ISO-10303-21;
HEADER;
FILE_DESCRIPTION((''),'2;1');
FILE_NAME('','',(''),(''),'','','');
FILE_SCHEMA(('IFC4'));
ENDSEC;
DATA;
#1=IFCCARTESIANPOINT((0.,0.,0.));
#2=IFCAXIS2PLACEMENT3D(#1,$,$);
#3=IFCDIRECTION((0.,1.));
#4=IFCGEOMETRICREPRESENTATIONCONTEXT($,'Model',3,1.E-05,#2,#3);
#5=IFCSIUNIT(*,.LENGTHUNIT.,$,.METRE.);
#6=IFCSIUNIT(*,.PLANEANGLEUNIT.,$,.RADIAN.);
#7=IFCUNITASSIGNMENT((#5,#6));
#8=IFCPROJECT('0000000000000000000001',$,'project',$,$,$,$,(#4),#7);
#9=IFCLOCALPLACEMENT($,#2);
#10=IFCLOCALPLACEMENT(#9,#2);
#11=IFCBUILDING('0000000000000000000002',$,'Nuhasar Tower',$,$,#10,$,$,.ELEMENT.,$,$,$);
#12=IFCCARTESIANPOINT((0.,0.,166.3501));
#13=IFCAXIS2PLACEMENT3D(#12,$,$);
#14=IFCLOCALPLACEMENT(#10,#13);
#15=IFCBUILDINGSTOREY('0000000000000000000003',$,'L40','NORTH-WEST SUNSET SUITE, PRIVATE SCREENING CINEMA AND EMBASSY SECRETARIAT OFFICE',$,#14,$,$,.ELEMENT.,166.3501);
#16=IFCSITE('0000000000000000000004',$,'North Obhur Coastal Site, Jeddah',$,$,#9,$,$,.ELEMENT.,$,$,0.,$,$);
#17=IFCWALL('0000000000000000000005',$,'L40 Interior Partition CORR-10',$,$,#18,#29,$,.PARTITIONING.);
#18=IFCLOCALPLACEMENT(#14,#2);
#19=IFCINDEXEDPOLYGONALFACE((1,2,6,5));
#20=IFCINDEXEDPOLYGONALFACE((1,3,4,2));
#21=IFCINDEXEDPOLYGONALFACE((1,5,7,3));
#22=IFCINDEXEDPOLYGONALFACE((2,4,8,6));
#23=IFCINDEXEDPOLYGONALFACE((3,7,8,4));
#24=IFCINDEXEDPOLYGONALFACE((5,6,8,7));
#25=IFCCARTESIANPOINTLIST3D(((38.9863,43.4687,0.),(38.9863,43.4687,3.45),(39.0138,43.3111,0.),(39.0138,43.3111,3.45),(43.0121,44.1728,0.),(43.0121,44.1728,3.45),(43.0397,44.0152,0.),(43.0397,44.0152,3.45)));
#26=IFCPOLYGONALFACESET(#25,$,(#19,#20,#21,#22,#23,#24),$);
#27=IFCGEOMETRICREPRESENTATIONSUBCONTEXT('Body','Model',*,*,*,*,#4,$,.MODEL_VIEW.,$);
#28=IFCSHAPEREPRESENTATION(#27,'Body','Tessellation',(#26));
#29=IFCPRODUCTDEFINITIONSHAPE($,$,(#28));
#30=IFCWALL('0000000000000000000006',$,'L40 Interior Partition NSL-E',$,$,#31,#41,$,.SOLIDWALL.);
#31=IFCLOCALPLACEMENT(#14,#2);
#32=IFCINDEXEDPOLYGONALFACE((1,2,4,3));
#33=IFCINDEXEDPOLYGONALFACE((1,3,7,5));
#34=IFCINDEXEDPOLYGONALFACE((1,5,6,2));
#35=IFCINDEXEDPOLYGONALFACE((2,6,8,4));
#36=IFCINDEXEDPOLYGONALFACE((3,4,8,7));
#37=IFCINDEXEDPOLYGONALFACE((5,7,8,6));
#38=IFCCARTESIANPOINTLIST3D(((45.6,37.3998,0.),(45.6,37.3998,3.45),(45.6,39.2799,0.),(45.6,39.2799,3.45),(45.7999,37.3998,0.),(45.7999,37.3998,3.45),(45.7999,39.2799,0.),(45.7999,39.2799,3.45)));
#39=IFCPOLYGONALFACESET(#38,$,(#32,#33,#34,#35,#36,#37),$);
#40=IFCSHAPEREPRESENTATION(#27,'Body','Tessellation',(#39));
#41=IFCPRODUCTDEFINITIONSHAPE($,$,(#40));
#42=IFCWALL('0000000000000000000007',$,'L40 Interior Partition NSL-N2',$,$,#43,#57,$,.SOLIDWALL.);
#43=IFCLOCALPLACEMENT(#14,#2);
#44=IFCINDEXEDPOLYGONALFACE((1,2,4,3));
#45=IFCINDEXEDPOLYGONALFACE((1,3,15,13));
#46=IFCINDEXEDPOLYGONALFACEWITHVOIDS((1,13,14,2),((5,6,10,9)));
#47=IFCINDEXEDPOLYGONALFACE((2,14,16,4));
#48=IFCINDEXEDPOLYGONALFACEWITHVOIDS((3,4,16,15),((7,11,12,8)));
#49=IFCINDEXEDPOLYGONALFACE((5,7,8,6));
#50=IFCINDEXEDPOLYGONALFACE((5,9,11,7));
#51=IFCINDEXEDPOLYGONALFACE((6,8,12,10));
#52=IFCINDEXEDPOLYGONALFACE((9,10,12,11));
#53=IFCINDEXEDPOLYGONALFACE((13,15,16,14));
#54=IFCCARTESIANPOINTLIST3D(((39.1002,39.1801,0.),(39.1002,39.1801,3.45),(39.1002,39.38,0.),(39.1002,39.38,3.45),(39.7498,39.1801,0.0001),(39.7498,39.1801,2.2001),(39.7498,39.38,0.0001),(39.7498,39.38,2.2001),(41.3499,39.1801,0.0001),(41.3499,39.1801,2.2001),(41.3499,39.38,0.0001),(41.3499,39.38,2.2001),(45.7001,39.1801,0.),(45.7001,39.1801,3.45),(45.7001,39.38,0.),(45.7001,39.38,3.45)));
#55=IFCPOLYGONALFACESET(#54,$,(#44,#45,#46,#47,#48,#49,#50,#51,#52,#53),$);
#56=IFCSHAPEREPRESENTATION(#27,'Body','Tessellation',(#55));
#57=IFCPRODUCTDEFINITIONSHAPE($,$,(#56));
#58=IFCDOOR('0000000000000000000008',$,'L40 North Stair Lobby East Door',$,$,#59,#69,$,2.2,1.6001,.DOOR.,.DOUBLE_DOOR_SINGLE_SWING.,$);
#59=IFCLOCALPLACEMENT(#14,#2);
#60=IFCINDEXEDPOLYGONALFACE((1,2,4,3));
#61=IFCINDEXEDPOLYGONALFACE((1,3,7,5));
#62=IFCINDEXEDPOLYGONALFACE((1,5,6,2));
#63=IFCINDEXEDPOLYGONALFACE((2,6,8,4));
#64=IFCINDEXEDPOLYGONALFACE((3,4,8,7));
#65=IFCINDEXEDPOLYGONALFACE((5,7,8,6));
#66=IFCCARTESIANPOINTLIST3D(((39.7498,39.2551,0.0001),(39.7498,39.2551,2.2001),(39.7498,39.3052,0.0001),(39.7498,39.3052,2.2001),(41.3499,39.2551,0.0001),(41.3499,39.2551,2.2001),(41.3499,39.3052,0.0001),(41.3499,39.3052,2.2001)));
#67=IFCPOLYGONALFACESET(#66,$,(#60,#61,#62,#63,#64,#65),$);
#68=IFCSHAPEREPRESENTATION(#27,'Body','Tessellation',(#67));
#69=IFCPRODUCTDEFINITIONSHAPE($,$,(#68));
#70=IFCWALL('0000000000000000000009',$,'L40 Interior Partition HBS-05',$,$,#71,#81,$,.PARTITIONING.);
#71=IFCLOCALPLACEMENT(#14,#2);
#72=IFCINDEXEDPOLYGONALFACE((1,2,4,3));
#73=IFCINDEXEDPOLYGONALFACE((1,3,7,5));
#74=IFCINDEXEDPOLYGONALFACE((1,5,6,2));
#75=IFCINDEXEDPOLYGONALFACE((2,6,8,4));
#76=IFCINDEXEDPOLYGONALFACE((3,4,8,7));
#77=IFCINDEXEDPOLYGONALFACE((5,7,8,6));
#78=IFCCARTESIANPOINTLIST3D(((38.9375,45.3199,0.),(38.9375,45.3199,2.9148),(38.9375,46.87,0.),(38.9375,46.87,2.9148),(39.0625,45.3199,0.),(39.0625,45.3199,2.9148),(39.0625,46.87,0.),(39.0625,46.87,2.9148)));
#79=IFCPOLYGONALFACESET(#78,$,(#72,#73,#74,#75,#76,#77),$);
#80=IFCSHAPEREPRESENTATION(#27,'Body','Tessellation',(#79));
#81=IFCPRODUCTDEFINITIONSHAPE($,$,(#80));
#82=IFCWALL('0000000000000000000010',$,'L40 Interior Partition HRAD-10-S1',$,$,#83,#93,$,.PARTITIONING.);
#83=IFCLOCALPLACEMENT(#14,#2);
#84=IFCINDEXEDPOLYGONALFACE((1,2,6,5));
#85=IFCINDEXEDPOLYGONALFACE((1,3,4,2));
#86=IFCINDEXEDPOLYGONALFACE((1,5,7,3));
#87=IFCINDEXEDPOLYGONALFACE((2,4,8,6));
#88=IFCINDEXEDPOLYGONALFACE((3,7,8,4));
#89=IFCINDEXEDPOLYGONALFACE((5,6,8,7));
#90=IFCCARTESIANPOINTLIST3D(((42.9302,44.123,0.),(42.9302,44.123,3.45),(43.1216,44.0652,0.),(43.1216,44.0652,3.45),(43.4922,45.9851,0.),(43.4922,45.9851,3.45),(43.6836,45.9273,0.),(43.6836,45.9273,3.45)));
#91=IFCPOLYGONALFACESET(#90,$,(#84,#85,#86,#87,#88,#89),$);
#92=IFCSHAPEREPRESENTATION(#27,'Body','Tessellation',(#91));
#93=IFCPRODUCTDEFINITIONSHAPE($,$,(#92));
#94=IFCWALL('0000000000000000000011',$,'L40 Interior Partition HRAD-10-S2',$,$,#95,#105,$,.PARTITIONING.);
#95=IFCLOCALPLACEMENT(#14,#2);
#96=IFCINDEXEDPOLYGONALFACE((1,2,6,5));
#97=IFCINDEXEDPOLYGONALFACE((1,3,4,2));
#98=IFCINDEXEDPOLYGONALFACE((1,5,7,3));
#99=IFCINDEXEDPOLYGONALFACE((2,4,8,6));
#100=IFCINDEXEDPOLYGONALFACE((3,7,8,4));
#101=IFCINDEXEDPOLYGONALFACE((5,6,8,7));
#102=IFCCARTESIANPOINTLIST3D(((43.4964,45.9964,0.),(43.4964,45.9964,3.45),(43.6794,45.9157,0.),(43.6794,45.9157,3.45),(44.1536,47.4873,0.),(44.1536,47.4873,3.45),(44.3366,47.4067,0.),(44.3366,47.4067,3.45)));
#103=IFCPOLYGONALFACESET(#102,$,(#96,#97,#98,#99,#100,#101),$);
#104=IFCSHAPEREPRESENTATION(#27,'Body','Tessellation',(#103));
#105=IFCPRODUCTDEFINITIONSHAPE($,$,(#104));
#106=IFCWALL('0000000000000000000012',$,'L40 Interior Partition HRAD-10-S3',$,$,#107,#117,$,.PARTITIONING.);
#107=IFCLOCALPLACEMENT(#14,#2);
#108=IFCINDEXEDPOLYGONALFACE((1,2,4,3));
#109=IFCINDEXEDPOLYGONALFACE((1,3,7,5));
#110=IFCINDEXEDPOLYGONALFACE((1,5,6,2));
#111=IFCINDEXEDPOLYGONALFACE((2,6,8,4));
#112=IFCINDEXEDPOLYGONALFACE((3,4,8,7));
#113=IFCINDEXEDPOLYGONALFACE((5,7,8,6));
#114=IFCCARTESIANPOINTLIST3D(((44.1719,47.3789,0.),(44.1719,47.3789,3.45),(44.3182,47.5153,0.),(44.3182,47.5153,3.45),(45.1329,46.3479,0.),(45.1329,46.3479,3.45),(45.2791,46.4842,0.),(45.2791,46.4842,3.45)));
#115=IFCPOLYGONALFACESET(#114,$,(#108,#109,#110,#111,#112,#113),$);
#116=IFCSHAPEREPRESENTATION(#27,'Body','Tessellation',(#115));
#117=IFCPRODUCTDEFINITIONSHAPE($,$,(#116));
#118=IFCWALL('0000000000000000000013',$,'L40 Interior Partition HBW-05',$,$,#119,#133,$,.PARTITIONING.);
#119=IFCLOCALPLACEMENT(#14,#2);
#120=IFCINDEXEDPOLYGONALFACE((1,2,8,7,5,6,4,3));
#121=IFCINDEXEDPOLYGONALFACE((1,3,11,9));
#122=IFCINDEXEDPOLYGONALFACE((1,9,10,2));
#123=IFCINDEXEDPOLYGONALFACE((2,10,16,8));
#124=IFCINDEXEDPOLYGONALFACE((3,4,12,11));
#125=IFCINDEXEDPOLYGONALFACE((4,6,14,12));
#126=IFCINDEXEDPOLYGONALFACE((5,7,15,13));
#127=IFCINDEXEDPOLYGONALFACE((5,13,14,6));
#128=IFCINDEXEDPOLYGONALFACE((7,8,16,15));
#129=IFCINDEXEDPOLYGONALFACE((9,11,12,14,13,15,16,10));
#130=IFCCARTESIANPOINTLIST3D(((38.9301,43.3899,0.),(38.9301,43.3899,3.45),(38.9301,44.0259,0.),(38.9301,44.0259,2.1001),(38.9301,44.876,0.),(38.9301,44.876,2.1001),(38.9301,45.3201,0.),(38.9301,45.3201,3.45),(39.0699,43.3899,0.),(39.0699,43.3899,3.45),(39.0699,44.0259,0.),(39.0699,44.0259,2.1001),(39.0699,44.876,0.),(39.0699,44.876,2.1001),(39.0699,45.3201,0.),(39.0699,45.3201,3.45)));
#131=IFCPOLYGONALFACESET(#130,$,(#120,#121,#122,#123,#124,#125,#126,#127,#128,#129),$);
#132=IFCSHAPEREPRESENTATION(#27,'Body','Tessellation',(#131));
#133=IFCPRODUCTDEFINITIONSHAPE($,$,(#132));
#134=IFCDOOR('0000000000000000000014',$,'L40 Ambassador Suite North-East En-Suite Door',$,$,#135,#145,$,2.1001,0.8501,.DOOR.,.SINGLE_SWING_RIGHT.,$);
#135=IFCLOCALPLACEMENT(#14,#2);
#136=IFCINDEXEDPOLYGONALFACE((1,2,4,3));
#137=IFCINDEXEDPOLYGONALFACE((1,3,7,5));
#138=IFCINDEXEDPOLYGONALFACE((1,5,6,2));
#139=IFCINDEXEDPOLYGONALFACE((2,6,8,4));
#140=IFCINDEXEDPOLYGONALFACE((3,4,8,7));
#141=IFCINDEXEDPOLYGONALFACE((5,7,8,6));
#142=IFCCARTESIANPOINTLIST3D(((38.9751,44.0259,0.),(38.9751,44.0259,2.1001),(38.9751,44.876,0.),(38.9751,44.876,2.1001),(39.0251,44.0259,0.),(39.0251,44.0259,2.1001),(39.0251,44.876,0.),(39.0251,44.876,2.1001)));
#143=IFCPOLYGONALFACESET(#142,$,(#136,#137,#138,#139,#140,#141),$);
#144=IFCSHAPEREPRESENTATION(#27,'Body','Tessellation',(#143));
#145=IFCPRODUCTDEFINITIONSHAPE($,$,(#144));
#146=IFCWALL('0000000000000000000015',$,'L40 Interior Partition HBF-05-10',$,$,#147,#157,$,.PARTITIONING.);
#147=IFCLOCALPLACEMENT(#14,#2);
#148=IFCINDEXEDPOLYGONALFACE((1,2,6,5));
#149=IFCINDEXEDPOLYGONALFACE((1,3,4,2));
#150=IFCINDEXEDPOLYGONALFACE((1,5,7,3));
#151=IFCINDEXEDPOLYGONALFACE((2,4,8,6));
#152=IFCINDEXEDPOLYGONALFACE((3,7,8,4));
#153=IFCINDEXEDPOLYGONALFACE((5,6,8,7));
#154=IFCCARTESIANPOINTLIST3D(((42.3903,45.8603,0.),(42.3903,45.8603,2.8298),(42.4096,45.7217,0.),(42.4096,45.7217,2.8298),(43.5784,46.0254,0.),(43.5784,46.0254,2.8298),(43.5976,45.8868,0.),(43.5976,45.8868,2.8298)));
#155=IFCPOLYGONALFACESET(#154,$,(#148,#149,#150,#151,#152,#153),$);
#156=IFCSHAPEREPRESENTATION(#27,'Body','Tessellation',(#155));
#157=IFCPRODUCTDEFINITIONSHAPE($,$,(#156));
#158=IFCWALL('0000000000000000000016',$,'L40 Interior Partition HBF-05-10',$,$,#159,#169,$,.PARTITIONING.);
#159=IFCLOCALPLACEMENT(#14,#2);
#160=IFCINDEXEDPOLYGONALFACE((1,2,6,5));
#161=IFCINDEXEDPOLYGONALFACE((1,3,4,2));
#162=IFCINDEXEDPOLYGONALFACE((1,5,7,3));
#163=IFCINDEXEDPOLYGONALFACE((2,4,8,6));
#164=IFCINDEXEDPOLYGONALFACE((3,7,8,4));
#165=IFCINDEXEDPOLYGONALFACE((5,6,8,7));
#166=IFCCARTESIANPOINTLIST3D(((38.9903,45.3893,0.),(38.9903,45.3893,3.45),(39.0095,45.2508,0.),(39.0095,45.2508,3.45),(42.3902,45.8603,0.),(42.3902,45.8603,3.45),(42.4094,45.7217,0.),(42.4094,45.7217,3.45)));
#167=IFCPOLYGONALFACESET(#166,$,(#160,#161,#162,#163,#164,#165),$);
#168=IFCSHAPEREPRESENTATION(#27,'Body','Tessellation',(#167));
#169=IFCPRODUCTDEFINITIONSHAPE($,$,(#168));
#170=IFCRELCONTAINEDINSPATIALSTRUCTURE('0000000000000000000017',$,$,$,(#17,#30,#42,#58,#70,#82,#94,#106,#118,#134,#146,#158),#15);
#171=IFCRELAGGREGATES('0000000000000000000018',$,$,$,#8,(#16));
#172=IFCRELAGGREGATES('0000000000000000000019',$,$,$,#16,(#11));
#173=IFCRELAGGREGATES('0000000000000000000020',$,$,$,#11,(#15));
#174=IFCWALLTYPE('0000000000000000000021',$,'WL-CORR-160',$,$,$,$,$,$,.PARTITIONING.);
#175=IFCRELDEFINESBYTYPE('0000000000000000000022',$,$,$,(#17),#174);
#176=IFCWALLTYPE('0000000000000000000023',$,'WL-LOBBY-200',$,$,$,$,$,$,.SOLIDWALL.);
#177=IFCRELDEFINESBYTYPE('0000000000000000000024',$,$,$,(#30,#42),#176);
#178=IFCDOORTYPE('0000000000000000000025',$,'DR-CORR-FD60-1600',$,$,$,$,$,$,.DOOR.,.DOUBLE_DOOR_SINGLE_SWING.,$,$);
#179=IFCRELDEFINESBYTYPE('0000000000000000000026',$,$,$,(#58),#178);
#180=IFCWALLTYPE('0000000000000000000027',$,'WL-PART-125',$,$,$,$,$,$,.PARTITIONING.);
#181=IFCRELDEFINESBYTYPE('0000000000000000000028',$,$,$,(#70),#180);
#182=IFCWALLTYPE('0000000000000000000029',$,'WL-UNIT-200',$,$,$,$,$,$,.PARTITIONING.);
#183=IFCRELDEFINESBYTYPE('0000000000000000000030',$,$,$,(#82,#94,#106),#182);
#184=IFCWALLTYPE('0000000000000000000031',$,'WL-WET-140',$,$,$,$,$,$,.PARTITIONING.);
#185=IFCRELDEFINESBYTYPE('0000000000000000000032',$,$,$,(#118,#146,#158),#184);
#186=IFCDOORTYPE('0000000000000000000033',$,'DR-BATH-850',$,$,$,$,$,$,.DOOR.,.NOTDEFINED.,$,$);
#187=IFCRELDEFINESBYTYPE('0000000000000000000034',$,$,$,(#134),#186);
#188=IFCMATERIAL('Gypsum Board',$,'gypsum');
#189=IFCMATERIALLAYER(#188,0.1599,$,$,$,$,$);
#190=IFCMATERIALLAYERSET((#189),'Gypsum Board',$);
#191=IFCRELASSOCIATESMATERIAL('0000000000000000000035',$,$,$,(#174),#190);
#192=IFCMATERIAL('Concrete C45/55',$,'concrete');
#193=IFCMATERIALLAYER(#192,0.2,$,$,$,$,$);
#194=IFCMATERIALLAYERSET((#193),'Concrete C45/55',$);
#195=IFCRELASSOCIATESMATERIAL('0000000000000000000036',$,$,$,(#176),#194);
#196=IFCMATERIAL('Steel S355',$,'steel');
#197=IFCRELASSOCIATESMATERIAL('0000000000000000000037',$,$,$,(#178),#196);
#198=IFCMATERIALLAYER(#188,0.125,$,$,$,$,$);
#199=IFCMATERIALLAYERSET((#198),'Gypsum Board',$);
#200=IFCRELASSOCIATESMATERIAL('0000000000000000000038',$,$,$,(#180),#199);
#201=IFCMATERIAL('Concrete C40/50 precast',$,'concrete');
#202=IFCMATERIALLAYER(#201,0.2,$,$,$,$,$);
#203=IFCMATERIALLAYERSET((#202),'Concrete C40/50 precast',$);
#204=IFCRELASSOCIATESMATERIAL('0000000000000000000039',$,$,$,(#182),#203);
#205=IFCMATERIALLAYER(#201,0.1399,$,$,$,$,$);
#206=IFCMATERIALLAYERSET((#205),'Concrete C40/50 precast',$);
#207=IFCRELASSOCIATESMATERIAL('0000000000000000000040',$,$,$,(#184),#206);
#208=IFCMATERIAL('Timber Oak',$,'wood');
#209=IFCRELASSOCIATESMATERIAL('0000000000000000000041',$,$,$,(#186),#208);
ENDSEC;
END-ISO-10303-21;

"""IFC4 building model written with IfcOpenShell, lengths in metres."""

from ifc_helpers import new_model, si_unit, direction, frame, frame_2d, origin, place, context, subcontext, project, spatial, rectangle, extrude, material, layer, layer_set, type_object, element, fill, save


model = new_model("IFC4")

# Units and contexts
model_context = context("Model", 3, precision=1e-05, world=origin(), true_north=direction((0.0, 1.0)))
body_context = subcontext(model_context, "Body", "Model", "MODEL_VIEW")
ifc_project = project(units=[si_unit("LENGTHUNIT", "METRE"), si_unit("PLANEANGLEUNIT", "RADIAN")], contexts=[model_context])

# Site, building, storey
site_placement = place(None, origin())
site = spatial("IfcSite", under=ifc_project, at=site_placement, Name="North Obhur Coastal Site, Jeddah", CompositionType="ELEMENT", RefElevation=0.0)
building_placement = place(site_placement, origin())
building = spatial("IfcBuilding", under=site, at=building_placement, Name="Nuhasar Tower", CompositionType="ELEMENT")
storey_placement = place(building_placement, frame((0.0, 0.0, 166.3501)))
storey = spatial("IfcBuildingStorey", under=building, at=storey_placement, Name="L40", Description="NORTH-WEST SUNSET SUITE, PRIVATE SCREENING CINEMA AND EMBASSY SECRETARIAT OFFICE", CompositionType="ELEMENT", Elevation=166.3501)

# Shared definitions
ifc_material_1 = material(Name="Steel S355", Category="steel")

# Walls
ifc_material_2 = material(Name="Gypsum Board", Category="gypsum")
ifc_layer_1 = layer(ifc_material_2, 0.1599)
ifc_layer_set_1 = layer_set([ifc_layer_1], Name="Gypsum Board")
wall_type_1 = type_object("IfcWallType", Name="WL-CORR-160", PredefinedType="PARTITIONING", material=ifc_layer_set_1)
wall_1_placement = place(storey_placement, frame((43.0259, 44.094, 0.0), z_axis=(0.0, 0.0, 1.0), x_axis=(-0.985048, -0.172279, 0.0)))
element("IfcWall", 1, at=wall_1_placement, inside=storey, type_object=wall_type_1, Name="L40 Interior Partition CORR-10", PredefinedType="PARTITIONING", context=body_context, shape_type="SweptSolid", body=[
    extrude(rectangle(XDim=4.0869, YDim=0.1599, at=frame_2d((2.0435, 0.0))), origin(), (0.0, 0.0, 1.0), 3.45),
])
ifc_material_3 = material(Name="Concrete C45/55", Category="concrete")
ifc_layer_2 = layer(ifc_material_3, 0.2)
ifc_layer_set_2 = layer_set([ifc_layer_2], Name="Concrete C45/55")
wall_type_2 = type_object("IfcWallType", Name="WL-LOBBY-200", PredefinedType="SOLIDWALL", material=ifc_layer_set_2)
wall_2_placement = place(storey_placement, frame((45.7, 37.3999, 0.0), z_axis=(0.0, 0.0, 1.0), x_axis=(0.0, 1.0, 0.0)))
element("IfcWall", 2, at=wall_2_placement, inside=storey, type_object=wall_type_2, Name="L40 Interior Partition NSL-E", PredefinedType="SOLIDWALL", context=body_context, shape_type="SweptSolid", body=[
    extrude(rectangle(XDim=1.8801, YDim=0.2, at=frame_2d((0.9399, 0.0))), origin(), (0.0, 0.0, 1.0), 3.45),
])

# Wall, opening, door
wall_3_placement = place(storey_placement, frame((45.7, 39.28, 0.0), z_axis=(0.0, 0.0, 1.0), x_axis=(-1.0, 0.0, 0.0)))
wall_3 = element("IfcWall", 3, at=wall_3_placement, inside=storey, type_object=wall_type_2, Name="L40 Interior Partition NSL-N2", PredefinedType="SOLIDWALL", context=body_context, shape_type="SweptSolid", body=[
    extrude(rectangle(XDim=6.5999, YDim=0.2, at=frame_2d((3.2998, 0.0))), origin(), (0.0, 0.0, 1.0), 3.45),
])
opening_1_placement = place(wall_3_placement, frame((4.3501, 0.0, 0.0)))
opening_1 = element("IfcOpeningElement", 4, at=opening_1_placement, cuts=wall_3, PredefinedType="OPENING", context=body_context, shape_type="SweptSolid", body=[
    extrude(rectangle(XDim=1.6001, YDim=2.2, at=frame_2d((0.8, 1.1001))), frame((0.0, 0.1099, 0.0), z_axis=(0.0, -1.0, 0.0), x_axis=(1.0, 0.0, 0.0)), (0.0, 0.0, 1.0), 0.22),
])
door_type_1 = type_object("IfcDoorType", Name="DR-CORR-FD60-1600", OperationType="DOUBLE_DOOR_SINGLE_SWING", PredefinedType="DOOR", material=ifc_material_1)
door_1_placement = place(opening_1_placement, origin())
door_1 = element("IfcDoor", 5, at=door_1_placement, inside=storey, type_object=door_type_1, Name="L40 North Stair Lobby East Door", OperationType="DOUBLE_DOOR_SINGLE_SWING", OverallHeight=2.2, OverallWidth=1.6001, PredefinedType="DOOR", context=body_context, shape_type="SweptSolid", body=[
    extrude(rectangle(XDim=1.6001, YDim=2.2, at=frame_2d((0.8, 1.1001))), frame((0.0, 0.0249, 0.0), z_axis=(0.0, -1.0, 0.0), x_axis=(1.0, 0.0, 0.0)), (0.0, 0.0, 1.0), 0.05),
])
fill(opening_1, door_1)

# Walls
ifc_layer_3 = layer(ifc_material_2, 0.125)
ifc_layer_set_3 = layer_set([ifc_layer_3], Name="Gypsum Board")
wall_type_3 = type_object("IfcWallType", Name="WL-PART-125", PredefinedType="PARTITIONING", material=ifc_layer_set_3)
wall_4_placement = place(storey_placement, frame((39.0, 45.3201, 0.0), z_axis=(0.0, 0.0, 1.0), x_axis=(0.0, 1.0, 0.0)))
element("IfcWall", 6, at=wall_4_placement, inside=storey, type_object=wall_type_3, Name="L40 Interior Partition HBS-05", PredefinedType="PARTITIONING", context=body_context, shape_type="SweptSolid", body=[
    extrude(rectangle(XDim=1.55, YDim=0.125, at=frame_2d((0.7749, 0.0))), origin(), (0.0, 0.0, 1.0), 2.9148),
])
ifc_material_4 = material(Name="Concrete C40/50 precast", Category="concrete")
ifc_layer_4 = layer(ifc_material_4, 0.2)
ifc_layer_set_4 = layer_set([ifc_layer_4], Name="Concrete C40/50 precast")
wall_type_4 = type_object("IfcWallType", Name="WL-UNIT-200", PredefinedType="PARTITIONING", material=ifc_layer_set_4)
wall_5_placement = place(storey_placement, frame((43.0259, 44.094, 0.0), z_axis=(0.0, 0.0, 1.0), x_axis=(0.288948, 0.957345, 0.0)))
element("IfcWall", 7, at=wall_5_placement, inside=storey, type_object=wall_type_4, Name="L40 Interior Partition HRAD-10-S1", PredefinedType="PARTITIONING", context=body_context, shape_type="SweptSolid", body=[
    extrude(rectangle(XDim=1.9451, YDim=0.2, at=frame_2d((0.9727, 0.0))), origin(), (0.0, 0.0, 1.0), 3.45),
])
wall_6_placement = place(storey_placement, frame((43.5879, 45.9561, 0.0), z_axis=(0.0, 0.0, 1.0), x_axis=(0.403356, 0.915043, 0.0)))
element("IfcWall", 8, at=wall_6_placement, inside=storey, type_object=wall_type_4, Name="L40 Interior Partition HRAD-10-S2", PredefinedType="PARTITIONING", context=body_context, shape_type="SweptSolid", body=[
    extrude(rectangle(XDim=1.6294, YDim=0.2, at=frame_2d((0.8147, 0.0))), origin(), (0.0, 0.0, 1.0), 3.45),
])
wall_7_placement = place(storey_placement, frame((44.2451, 47.447, 0.0), z_axis=(0.0, 0.0, 1.0), x_axis=(0.681812, -0.731527, 0.0)))
element("IfcWall", 9, at=wall_7_placement, inside=storey, type_object=wall_type_4, Name="L40 Interior Partition HRAD-10-S3", PredefinedType="PARTITIONING", context=body_context, shape_type="SweptSolid", body=[
    extrude(rectangle(XDim=1.4094, YDim=0.2, at=frame_2d((0.7046, 0.0))), origin(), (0.0, 0.0, 1.0), 3.45),
])

# Wall, opening, door
ifc_layer_5 = layer(ifc_material_4, 0.1399)
ifc_layer_set_5 = layer_set([ifc_layer_5], Name="Concrete C40/50 precast")
wall_type_5 = type_object("IfcWallType", Name="WL-WET-140", PredefinedType="PARTITIONING", material=ifc_layer_set_5)
wall_8_placement = place(storey_placement, frame((39.0, 43.3899, 0.0), z_axis=(0.0, 0.0, 1.0), x_axis=(0.0, 1.0, 0.0)))
wall_8 = element("IfcWall", 10, at=wall_8_placement, inside=storey, type_object=wall_type_5, Name="L40 Interior Partition HBW-05", PredefinedType="PARTITIONING", context=body_context, shape_type="SweptSolid", body=[
    extrude(rectangle(XDim=1.9302, YDim=0.1399, at=frame_2d((0.9651, 0.0))), origin(), (0.0, 0.0, 1.0), 3.45),
])
opening_2_placement = place(wall_8_placement, frame((0.636, 0.0, 0.0)))
opening_2 = element("IfcOpeningElement", 11, at=opening_2_placement, cuts=wall_8, PredefinedType="OPENING", context=body_context, shape_type="SweptSolid", body=[
    extrude(rectangle(XDim=0.8501, YDim=2.1001, at=frame_2d((0.425, 1.05))), frame((0.0, 0.0801, 0.0), z_axis=(0.0, -1.0, 0.0), x_axis=(1.0, 0.0, 0.0)), (0.0, 0.0, 1.0), 0.1599),
])
ifc_material_5 = material(Name="Timber Oak", Category="wood")
door_type_2 = type_object("IfcDoorType", Name="DR-BATH-850", OperationType="NOTDEFINED", PredefinedType="DOOR", material=ifc_material_5)
door_2_placement = place(opening_2_placement, origin())
door_2 = element("IfcDoor", 12, at=door_2_placement, inside=storey, type_object=door_type_2, Name="L40 Ambassador Suite North-East En-Suite Door", OperationType="SINGLE_SWING_RIGHT", OverallHeight=2.1001, OverallWidth=0.8501, PredefinedType="DOOR", context=body_context, shape_type="SweptSolid", body=[
    extrude(rectangle(XDim=0.8501, YDim=2.1001, at=frame_2d((0.425, 1.05))), frame((0.0, 0.0249, 0.0), z_axis=(0.0, -1.0, 0.0), x_axis=(1.0, 0.0, 0.0)), (0.0, 0.0, 1.0), 0.05),
])
fill(opening_2, door_2)

# Walls
wall_9_placement = place(storey_placement, frame((43.5879, 45.9561, 0.0), z_axis=(0.0, 0.0, 1.0), x_axis=(-0.990488, -0.137602, 0.0)))
element("IfcWall", 13, at=wall_9_placement, inside=storey, type_object=wall_type_5, Name="L40 Interior Partition HBF-05-10", PredefinedType="PARTITIONING", context=body_context, shape_type="SweptSolid", body=[
    extrude(rectangle(XDim=1.1995, YDim=0.1399, at=frame_2d((0.5996, 0.0))), origin(), (0.0, 0.0, 1.0), 2.8298),
])
wall_10_placement = place(storey_placement, frame((42.3999, 45.791, 0.0), z_axis=(0.0, 0.0, 1.0), x_axis=(-0.990542, -0.137208, 0.0)))
element("IfcWall", 14, at=wall_10_placement, inside=storey, type_object=wall_type_5, Name="L40 Interior Partition HBF-05-10", PredefinedType="PARTITIONING", context=body_context, shape_type="SweptSolid", body=[
    extrude(rectangle(XDim=3.4324, YDim=0.1399, at=frame_2d((1.7163, 0.0))), origin(), (0.0, 0.0, 1.0), 3.45),
])

save(model, "model.ifc")
